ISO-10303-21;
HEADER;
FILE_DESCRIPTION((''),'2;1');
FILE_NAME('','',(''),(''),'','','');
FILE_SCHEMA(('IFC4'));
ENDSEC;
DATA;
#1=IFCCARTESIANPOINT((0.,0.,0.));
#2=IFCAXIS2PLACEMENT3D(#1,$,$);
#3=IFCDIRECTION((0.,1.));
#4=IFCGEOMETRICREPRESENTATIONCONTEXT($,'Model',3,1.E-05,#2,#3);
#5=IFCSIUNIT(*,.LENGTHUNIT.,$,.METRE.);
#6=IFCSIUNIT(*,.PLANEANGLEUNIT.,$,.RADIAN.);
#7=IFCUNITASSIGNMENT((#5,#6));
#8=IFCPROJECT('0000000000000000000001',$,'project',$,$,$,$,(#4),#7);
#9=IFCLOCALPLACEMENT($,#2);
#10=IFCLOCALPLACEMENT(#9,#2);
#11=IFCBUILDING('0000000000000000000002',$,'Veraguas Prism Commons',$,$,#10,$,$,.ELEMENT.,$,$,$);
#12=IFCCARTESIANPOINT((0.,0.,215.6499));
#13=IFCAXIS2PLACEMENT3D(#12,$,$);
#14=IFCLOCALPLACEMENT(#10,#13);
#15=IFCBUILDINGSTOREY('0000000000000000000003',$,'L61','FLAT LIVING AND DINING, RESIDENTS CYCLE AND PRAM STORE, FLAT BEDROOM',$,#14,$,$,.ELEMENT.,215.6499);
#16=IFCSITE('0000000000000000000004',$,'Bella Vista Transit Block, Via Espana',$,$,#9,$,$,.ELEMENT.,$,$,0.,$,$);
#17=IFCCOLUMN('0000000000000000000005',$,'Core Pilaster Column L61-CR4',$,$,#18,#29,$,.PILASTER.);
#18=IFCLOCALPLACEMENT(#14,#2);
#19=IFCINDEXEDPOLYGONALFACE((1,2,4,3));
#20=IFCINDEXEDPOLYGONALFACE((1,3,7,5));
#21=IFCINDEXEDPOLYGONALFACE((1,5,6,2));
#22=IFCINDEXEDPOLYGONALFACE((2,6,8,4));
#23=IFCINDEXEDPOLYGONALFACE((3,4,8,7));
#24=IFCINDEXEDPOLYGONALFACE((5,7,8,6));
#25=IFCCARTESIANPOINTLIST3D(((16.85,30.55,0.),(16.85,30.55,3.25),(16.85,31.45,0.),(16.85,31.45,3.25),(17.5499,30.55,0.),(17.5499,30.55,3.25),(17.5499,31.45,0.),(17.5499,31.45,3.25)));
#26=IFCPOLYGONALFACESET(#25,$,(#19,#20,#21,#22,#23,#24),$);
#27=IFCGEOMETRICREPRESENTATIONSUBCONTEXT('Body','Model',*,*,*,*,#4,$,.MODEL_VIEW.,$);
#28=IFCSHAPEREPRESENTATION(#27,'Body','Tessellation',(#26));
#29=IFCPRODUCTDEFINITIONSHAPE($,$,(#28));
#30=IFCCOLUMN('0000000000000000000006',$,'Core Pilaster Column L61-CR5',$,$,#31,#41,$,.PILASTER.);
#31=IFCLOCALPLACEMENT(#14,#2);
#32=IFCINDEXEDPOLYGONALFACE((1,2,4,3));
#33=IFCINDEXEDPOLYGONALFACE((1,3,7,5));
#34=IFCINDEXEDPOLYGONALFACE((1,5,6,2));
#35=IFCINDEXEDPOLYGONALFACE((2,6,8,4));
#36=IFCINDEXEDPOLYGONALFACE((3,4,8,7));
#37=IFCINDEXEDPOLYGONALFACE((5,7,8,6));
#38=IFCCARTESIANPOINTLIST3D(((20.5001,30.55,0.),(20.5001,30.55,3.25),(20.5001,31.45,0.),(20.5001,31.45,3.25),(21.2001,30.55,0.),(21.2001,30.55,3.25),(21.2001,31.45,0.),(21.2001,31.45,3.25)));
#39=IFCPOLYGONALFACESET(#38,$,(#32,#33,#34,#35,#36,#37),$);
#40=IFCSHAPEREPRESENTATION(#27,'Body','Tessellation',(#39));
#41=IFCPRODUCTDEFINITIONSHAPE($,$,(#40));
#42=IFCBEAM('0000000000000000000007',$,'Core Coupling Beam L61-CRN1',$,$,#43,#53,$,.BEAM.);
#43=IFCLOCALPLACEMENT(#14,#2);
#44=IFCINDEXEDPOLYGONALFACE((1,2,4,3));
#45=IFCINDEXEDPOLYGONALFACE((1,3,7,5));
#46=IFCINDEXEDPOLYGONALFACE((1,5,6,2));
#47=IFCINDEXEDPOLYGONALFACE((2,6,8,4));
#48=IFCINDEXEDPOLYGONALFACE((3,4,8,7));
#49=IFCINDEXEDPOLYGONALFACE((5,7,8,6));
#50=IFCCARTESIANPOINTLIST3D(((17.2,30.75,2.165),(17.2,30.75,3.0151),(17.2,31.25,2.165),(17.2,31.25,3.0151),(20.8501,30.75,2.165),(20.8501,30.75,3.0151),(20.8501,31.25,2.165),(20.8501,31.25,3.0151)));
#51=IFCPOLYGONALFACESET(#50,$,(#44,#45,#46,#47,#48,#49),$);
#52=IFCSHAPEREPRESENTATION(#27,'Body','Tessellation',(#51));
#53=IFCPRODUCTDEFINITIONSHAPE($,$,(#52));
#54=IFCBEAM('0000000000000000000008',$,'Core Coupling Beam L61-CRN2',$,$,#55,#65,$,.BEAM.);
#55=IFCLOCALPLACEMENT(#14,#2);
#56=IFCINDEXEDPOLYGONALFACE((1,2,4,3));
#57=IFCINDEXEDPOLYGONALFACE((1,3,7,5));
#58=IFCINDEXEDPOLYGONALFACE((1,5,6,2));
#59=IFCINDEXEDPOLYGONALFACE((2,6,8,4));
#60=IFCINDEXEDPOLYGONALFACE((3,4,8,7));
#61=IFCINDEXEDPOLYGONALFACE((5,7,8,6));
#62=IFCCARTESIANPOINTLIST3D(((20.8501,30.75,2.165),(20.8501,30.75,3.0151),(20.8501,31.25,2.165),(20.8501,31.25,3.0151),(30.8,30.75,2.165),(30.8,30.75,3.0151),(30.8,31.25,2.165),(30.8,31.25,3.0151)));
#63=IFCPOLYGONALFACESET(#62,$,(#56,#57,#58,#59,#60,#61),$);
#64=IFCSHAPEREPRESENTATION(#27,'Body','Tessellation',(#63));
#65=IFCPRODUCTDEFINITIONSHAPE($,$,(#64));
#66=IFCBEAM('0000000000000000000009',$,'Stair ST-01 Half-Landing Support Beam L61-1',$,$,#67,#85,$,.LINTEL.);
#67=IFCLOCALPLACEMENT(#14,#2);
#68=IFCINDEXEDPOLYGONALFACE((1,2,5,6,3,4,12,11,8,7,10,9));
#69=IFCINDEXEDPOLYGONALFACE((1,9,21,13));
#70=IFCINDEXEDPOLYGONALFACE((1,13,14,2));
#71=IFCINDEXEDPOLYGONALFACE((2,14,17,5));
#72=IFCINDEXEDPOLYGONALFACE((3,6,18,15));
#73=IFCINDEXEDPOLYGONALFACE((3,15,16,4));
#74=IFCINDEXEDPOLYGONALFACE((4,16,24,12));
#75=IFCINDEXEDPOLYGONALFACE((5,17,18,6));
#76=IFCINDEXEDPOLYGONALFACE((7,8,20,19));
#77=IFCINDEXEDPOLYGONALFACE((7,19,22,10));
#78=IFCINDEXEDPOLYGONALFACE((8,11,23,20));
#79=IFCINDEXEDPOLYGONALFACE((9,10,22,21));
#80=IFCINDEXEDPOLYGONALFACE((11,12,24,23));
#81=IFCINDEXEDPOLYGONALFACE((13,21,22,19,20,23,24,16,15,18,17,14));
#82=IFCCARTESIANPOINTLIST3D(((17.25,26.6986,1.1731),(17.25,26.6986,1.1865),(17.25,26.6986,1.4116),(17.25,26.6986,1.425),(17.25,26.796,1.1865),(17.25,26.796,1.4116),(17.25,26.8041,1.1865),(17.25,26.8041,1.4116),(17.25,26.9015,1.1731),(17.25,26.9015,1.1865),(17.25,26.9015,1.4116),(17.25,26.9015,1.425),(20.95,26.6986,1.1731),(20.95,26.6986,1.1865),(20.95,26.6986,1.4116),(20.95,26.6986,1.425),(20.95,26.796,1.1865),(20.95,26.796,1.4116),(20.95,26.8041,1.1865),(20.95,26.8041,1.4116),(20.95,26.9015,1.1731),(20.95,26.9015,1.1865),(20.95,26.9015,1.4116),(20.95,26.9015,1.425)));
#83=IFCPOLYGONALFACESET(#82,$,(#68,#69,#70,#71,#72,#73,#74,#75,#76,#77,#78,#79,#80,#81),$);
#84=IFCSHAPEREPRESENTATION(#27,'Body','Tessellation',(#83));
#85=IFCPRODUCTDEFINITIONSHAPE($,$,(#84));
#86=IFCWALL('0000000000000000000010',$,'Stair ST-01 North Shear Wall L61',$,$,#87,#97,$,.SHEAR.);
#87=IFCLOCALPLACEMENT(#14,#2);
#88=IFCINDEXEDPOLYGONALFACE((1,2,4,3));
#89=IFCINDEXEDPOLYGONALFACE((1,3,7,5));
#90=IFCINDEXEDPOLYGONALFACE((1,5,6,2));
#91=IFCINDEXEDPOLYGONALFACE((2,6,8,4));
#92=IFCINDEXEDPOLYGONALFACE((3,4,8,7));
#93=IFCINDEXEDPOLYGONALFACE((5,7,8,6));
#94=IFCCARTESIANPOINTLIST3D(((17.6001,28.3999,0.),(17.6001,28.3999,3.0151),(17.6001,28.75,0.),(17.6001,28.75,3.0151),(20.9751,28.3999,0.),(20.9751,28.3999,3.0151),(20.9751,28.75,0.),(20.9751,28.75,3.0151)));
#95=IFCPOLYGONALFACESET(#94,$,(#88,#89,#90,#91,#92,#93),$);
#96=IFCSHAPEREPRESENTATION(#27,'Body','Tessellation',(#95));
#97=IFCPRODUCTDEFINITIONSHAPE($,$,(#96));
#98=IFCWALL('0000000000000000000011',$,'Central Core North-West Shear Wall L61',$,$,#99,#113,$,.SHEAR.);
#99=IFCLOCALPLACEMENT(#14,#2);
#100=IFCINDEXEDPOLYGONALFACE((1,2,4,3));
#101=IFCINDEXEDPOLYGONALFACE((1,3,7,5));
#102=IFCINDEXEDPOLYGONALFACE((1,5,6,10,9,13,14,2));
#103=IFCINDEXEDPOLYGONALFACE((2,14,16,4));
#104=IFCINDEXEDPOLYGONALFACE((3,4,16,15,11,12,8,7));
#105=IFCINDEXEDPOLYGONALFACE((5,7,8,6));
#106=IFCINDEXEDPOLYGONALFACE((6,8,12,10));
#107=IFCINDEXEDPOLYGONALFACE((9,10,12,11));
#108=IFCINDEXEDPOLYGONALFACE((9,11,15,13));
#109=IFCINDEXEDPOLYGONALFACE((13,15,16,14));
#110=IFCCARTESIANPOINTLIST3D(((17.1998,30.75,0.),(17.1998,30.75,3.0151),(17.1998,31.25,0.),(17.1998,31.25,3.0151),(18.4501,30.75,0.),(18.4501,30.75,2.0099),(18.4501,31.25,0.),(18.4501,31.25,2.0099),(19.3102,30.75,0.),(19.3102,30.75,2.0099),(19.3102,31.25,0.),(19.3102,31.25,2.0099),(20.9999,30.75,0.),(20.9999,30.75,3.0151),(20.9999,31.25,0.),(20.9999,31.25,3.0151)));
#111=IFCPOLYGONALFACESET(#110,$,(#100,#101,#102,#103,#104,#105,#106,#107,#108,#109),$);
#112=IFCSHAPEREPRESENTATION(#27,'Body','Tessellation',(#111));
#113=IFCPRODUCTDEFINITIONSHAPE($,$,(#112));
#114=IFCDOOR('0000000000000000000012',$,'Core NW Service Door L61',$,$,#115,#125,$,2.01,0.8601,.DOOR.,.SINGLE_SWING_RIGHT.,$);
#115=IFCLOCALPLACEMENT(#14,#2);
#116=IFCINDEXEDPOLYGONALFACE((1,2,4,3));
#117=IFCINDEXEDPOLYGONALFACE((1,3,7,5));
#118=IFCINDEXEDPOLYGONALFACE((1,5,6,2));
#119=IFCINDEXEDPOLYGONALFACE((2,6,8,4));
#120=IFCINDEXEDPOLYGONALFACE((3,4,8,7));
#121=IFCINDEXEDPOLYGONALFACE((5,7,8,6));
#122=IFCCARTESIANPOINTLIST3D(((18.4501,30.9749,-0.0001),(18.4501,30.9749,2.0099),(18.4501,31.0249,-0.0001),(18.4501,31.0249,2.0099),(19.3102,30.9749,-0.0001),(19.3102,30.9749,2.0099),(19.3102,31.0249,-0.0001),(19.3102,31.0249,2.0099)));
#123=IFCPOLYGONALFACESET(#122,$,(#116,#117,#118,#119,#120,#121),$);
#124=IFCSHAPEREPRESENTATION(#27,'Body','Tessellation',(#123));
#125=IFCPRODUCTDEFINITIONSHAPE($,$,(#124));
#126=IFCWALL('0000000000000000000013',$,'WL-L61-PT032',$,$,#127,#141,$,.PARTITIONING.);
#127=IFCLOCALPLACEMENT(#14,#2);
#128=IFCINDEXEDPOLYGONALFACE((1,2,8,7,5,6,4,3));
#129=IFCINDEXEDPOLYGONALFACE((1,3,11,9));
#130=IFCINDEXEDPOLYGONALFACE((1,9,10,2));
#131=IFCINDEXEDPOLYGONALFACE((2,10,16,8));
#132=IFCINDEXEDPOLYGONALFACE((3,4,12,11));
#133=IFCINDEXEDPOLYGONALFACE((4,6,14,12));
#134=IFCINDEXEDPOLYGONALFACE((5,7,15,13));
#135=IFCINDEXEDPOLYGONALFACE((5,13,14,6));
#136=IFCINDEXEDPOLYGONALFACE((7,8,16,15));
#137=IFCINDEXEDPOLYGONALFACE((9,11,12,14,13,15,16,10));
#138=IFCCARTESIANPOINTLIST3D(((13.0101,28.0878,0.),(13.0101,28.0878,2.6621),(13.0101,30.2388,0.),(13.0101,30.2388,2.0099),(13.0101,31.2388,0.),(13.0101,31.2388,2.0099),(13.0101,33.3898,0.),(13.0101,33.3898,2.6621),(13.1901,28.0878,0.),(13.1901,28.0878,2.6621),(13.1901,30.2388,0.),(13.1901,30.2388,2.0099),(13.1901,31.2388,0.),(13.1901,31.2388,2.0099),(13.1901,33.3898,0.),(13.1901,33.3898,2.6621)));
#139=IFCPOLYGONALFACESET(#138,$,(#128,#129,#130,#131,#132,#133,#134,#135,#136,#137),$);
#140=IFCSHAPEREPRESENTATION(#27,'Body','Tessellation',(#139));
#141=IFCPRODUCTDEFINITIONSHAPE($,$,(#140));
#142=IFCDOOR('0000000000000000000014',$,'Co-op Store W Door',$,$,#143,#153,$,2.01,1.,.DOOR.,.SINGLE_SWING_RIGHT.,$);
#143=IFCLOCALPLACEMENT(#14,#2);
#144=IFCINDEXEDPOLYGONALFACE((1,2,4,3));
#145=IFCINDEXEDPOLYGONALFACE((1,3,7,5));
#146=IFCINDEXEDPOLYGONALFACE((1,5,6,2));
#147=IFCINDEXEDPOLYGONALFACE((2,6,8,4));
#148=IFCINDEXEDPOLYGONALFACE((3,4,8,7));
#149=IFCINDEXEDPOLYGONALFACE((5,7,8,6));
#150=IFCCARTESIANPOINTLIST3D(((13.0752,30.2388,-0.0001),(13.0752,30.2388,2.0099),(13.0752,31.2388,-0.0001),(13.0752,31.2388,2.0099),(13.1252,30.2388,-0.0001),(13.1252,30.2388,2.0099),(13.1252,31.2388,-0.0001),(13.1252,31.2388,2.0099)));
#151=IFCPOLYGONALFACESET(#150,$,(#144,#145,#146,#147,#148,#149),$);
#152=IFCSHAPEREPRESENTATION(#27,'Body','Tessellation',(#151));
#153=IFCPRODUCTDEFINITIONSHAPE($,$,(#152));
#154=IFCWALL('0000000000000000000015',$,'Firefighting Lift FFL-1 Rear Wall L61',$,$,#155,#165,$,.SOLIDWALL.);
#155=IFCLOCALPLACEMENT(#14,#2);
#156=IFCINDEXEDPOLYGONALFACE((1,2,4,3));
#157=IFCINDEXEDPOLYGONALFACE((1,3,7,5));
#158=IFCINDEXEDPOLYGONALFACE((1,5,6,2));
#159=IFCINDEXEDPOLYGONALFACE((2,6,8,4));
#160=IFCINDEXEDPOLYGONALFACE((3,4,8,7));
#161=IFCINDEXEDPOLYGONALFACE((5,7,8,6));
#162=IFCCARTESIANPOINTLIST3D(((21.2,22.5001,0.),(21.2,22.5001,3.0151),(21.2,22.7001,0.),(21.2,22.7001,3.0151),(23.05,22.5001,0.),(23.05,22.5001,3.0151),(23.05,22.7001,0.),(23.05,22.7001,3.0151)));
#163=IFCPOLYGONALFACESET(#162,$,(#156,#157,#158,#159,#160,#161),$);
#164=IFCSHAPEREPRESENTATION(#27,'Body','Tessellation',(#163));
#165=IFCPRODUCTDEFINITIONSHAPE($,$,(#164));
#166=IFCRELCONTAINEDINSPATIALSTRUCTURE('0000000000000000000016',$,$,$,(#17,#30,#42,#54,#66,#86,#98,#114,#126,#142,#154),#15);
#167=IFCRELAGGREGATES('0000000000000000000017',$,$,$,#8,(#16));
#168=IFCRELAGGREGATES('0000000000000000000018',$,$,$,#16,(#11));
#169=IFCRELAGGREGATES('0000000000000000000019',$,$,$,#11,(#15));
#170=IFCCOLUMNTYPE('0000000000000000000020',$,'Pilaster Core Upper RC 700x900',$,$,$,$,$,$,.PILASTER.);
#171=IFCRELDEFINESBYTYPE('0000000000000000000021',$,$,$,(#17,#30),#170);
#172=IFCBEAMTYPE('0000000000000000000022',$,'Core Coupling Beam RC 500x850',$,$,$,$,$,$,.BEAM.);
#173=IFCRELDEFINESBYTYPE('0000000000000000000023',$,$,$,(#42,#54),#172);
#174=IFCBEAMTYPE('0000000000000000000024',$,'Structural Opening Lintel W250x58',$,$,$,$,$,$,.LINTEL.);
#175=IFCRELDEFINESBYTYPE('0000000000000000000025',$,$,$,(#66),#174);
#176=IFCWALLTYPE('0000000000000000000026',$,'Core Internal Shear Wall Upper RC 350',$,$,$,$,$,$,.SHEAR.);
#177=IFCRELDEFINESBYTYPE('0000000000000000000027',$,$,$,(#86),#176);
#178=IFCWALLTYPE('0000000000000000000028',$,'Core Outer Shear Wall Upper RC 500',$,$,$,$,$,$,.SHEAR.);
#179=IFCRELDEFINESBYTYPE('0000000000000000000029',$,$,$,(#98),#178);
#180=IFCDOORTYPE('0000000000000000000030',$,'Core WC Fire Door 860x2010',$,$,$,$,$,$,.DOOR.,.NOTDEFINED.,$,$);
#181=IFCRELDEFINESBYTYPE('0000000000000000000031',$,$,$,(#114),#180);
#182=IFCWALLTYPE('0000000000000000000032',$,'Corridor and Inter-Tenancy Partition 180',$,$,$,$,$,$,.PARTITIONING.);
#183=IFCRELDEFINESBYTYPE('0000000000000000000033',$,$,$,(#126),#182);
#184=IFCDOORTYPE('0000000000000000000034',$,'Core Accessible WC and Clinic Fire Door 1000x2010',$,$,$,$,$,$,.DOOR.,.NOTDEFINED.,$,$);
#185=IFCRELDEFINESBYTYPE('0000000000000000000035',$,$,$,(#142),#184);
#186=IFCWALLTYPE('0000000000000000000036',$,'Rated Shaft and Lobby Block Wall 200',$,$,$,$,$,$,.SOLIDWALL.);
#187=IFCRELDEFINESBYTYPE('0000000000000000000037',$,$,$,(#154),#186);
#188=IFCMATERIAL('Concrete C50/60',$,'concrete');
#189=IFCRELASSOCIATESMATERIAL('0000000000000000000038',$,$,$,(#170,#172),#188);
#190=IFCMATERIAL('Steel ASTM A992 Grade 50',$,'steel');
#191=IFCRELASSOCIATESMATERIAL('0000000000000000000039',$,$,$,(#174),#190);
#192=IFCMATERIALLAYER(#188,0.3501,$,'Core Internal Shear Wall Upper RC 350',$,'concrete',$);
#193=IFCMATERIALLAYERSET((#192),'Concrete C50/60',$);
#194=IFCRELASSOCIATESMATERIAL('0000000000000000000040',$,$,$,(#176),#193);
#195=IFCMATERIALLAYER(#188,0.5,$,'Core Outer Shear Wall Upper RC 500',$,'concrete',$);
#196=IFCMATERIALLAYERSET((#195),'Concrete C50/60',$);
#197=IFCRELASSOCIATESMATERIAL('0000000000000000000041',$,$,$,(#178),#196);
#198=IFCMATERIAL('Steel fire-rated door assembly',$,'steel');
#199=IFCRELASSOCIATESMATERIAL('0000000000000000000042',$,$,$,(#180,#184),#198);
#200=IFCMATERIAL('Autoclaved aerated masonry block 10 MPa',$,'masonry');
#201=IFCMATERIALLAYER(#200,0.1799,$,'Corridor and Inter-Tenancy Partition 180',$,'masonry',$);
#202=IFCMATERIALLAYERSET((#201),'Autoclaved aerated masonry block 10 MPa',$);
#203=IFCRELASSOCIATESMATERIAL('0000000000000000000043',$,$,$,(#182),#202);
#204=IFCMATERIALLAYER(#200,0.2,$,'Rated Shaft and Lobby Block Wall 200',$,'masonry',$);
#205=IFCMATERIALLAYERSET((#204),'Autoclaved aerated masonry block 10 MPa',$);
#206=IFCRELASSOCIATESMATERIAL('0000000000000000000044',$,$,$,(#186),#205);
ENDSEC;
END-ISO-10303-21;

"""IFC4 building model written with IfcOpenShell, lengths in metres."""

from ifc_helpers import new_model, si_unit, direction, frame, frame_2d, origin, origin_2d, place, context, subcontext, project, spatial, rectangle, i_section, extrude, source, transform, mapped, material, layer, layer_set, material_profile, profile_set, type_object, element, fill, save


model = new_model("IFC4")

# Units and contexts
model_context = context("Model", 3, precision=1e-05, world=origin(), true_north=direction((0.0, 1.0)))
body_context = subcontext(model_context, "Body", "Model", "MODEL_VIEW")
ifc_project = project(units=[si_unit("LENGTHUNIT", "METRE"), si_unit("PLANEANGLEUNIT", "RADIAN")], contexts=[model_context])

# Site, building, storey
site_placement = place(None, origin())
site = spatial("IfcSite", under=ifc_project, at=site_placement, Name="Bella Vista Transit Block, Via Espana", CompositionType="ELEMENT", RefElevation=0.0)
building_placement = place(site_placement, origin())
building = spatial("IfcBuilding", under=site, at=building_placement, Name="Veraguas Prism Commons", CompositionType="ELEMENT")
storey_placement = place(building_placement, frame((0.0, 0.0, 215.6499)))
storey = spatial("IfcBuildingStorey", under=building, at=storey_placement, Name="L61", Description="FLAT LIVING AND DINING, RESIDENTS CYCLE AND PRAM STORE, FLAT BEDROOM", CompositionType="ELEMENT", Elevation=215.6499)

# Columns
ifc_material_1 = material(Name="Concrete C50/60", Category="concrete")
ifc_material_profile_1 = material_profile(ifc_material_1, rectangle(XDim=0.7, YDim=0.8999, at=origin_2d()), Name="RC700X900")
ifc_profile_set_1 = profile_set([ifc_material_profile_1], Name="Concrete C50/60")
column_type = type_object("IfcColumnType", Name="Pilaster Core Upper RC 700x900", PredefinedType="PILASTER", material=ifc_profile_set_1)
for number, where, z_axis, x_axis, name in (
    (1, (17.2, 31.0, 0.0), (0.0, 0.0, 1.0), (1.0, 0.0, 0.0), "Core Pilaster Column L61-CR4"),
    (2, (20.8501, 31.0, 0.0), (0.0, 0.0, 1.0), (1.0, 0.0, 0.0), "Core Pilaster Column L61-CR5"),
):
    element("IfcColumn", number, at=place(storey_placement, frame(where, z_axis=z_axis, x_axis=x_axis)), inside=storey, type_object=column_type, Name=name, PredefinedType="PILASTER", context=body_context, shape_type="SweptSolid", body=[
        extrude(rectangle(XDim=0.7, YDim=0.8999, at=origin_2d()), origin(), (0.0, 0.0, 1.0), 3.25),
    ])

# Beams
ifc_material_profile_2 = material_profile(ifc_material_1, rectangle(XDim=0.5, YDim=0.8501, at=origin_2d()), Name="RC500X850")
ifc_profile_set_2 = profile_set([ifc_material_profile_2], Name="Concrete C50/60")
beam_type_1 = type_object("IfcBeamType", Name="Core Coupling Beam RC 500x850", PredefinedType="BEAM", material=ifc_profile_set_2)
beam_1_placement = place(storey_placement, frame((17.2, 31.0, 2.5901), z_axis=(1.0, 0.0, 0.0), x_axis=(0.0, 1.0, 0.0)))
element("IfcBeam", 3, at=beam_1_placement, inside=storey, type_object=beam_type_1, Name="Core Coupling Beam L61-CRN1", PredefinedType="BEAM", context=body_context, shape_type="SweptSolid", body=[
    extrude(rectangle(XDim=0.5, YDim=0.8501, at=origin_2d()), origin(), (0.0, 0.0, 1.0), 3.6501),
])
beam_2_placement = place(storey_placement, frame((20.8501, 31.0, 2.5901), z_axis=(1.0, 0.0, 0.0), x_axis=(0.0, 1.0, 0.0)))
element("IfcBeam", 4, at=beam_2_placement, inside=storey, type_object=beam_type_1, Name="Core Coupling Beam L61-CRN2", PredefinedType="BEAM", context=body_context, shape_type="SweptSolid", body=[
    extrude(rectangle(XDim=0.5, YDim=0.8501, at=origin_2d()), origin(), (0.0, 0.0, 1.0), 9.95),
])
ifc_material_2 = material(Name="Steel ASTM A992 Grade 50", Category="steel")
ifc_material_profile_3 = material_profile(ifc_material_2, i_section(OverallWidth=0.2029, OverallDepth=0.252, WebThickness=0.0081, FlangeThickness=0.0134, at=origin_2d()), Name="W250X58")
ifc_profile_set_3 = profile_set([ifc_material_profile_3], Name="Steel ASTM A992 Grade 50")
beam_type_2 = type_object("IfcBeamType", Name="Structural Opening Lintel W250x58", PredefinedType="LINTEL", material=ifc_profile_set_3)
beam_3_placement = place(storey_placement, frame((17.25, 26.8, 1.2991), z_axis=(1.0, 0.0, 0.0), x_axis=(0.0, 1.0, 0.0)))
element("IfcBeam", 5, at=beam_3_placement, inside=storey, type_object=beam_type_2, Name="Stair ST-01 Half-Landing Support Beam L61-1", PredefinedType="LINTEL", context=body_context, shape_type="SweptSolid", body=[
    extrude(i_section(OverallWidth=0.2029, OverallDepth=0.252, WebThickness=0.0081, FlangeThickness=0.0134, at=origin_2d()), origin(), (0.0, 0.0, 1.0), 3.7),
])

# Wall
ifc_layer_1 = layer(ifc_material_1, 0.3501, Name="Core Internal Shear Wall Upper RC 350", Category="concrete")
ifc_layer_set_1 = layer_set([ifc_layer_1], Name="Concrete C50/60")
wall_type_1 = type_object("IfcWallType", Name="Core Internal Shear Wall Upper RC 350", PredefinedType="SHEAR", material=ifc_layer_set_1)
wall_1_placement = place(storey_placement, frame((17.6001, 28.575, 0.0), z_axis=(0.0, 0.0, 1.0), x_axis=(1.0, 0.0, 0.0)))
element("IfcWall", 6, at=wall_1_placement, inside=storey, type_object=wall_type_1, Name="Stair ST-01 North Shear Wall L61", PredefinedType="SHEAR", context=body_context, shape_type="SweptSolid", body=[
    extrude(rectangle(XDim=3.375, YDim=0.3501, at=frame_2d((1.6875, 0.0))), origin(), (0.0, 0.0, 1.0), 3.0151),
])

# Walls, openings, doors
ifc_layer_2 = layer(ifc_material_1, 0.5, Name="Core Outer Shear Wall Upper RC 500", Category="concrete")
ifc_layer_set_2 = layer_set([ifc_layer_2], Name="Concrete C50/60")
wall_type_2 = type_object("IfcWallType", Name="Core Outer Shear Wall Upper RC 500", PredefinedType="SHEAR", material=ifc_layer_set_2)
wall_2_placement = place(storey_placement, frame((17.2, 31.0, 0.0), z_axis=(0.0, 0.0, 1.0), x_axis=(1.0, 0.0, 0.0)))
wall_2 = element("IfcWall", 7, at=wall_2_placement, inside=storey, type_object=wall_type_2, Name="Central Core North-West Shear Wall L61", PredefinedType="SHEAR", context=body_context, shape_type="SweptSolid", body=[
    extrude(rectangle(XDim=3.8, YDim=0.5, at=frame_2d((1.8999, 0.0))), origin(), (0.0, 0.0, 1.0), 3.0151),
])
opening_1_placement = place(wall_2_placement, frame((1.25, 0.0, 0.0)))
opening_1 = element("IfcOpeningElement", 8, at=opening_1_placement, cuts=wall_2, PredefinedType="OPENING", context=body_context, shape_type="SweptSolid", body=[
    extrude(rectangle(XDim=0.8601, YDim=2.01, at=frame_2d((0.4302, 1.0049))), frame((0.0, 0.26, 0.0), z_axis=(0.0, -1.0, 0.0), x_axis=(1.0, 0.0, 0.0)), (0.0, 0.0, 1.0), 0.52),
])
ifc_material_3 = material(Name="Steel fire-rated door assembly", Category="steel")
door_type_1 = type_object("IfcDoorType", Name="Core WC Fire Door 860x2010", OperationType="NOTDEFINED", PredefinedType="DOOR", material=ifc_material_3)
shared_shape_1 = source(origin(), body_context, "Body", "SweptSolid", [
    extrude(rectangle(XDim=0.8601, YDim=2.01, at=frame_2d((0.4302, 1.0049))), frame((0.0, 0.0249, 0.0), z_axis=(0.0, -1.0, 0.0), x_axis=(1.0, 0.0, 0.0)), (0.0, 0.0, 1.0), 0.05),
])
door_1_placement = place(opening_1_placement, origin())
door_1 = element("IfcDoor", 9, at=door_1_placement, inside=storey, type_object=door_type_1, Name="Core NW Service Door L61", OperationType="SINGLE_SWING_RIGHT", OverallHeight=2.01, OverallWidth=0.8601, PredefinedType="DOOR", context=body_context, shape_type="MappedRepresentation", body=[
    mapped(shared_shape_1, transform((0.0, 0.0, 0.0), scale=1.0)),
])
fill(opening_1, door_1)
ifc_material_4 = material(Name="Autoclaved aerated masonry block 10 MPa", Category="masonry")
ifc_layer_3 = layer(ifc_material_4, 0.1799, Name="Corridor and Inter-Tenancy Partition 180", Category="masonry")
ifc_layer_set_3 = layer_set([ifc_layer_3], Name="Autoclaved aerated masonry block 10 MPa")
wall_type_3 = type_object("IfcWallType", Name="Corridor and Inter-Tenancy Partition 180", PredefinedType="PARTITIONING", material=ifc_layer_set_3)
wall_3_placement = place(storey_placement, frame((13.1001, 28.0879, 0.0), z_axis=(0.0, 0.0, 1.0), x_axis=(0.0, 1.0, 0.0)))
wall_3 = element("IfcWall", 10, at=wall_3_placement, inside=storey, type_object=wall_type_3, Name="WL-L61-PT032", PredefinedType="PARTITIONING", context=body_context, shape_type="SweptSolid", body=[
    extrude(rectangle(XDim=5.302, YDim=0.1799, at=frame_2d((2.6509, 0.0))), origin(), (0.0, 0.0, 1.0), 2.6621),
])
opening_2_placement = place(wall_3_placement, frame((2.1509, 0.0, 0.0)))
opening_2 = element("IfcOpeningElement", 11, at=opening_2_placement, cuts=wall_3, PredefinedType="OPENING", context=body_context, shape_type="SweptSolid", body=[
    extrude(rectangle(XDim=1.0, YDim=2.01, at=frame_2d((0.5, 1.0049))), frame((0.0, 0.0999, 0.0), z_axis=(0.0, -1.0, 0.0), x_axis=(1.0, 0.0, 0.0)), (0.0, 0.0, 1.0), 0.2),
])
door_type_2 = type_object("IfcDoorType", Name="Core Accessible WC and Clinic Fire Door 1000x2010", OperationType="NOTDEFINED", PredefinedType="DOOR", material=ifc_material_3)
shared_shape_2 = source(origin(), body_context, "Body", "SweptSolid", [
    extrude(rectangle(XDim=1.0, YDim=2.01, at=frame_2d((0.5, 1.0049))), frame((0.0, 0.0249, 0.0), z_axis=(0.0, -1.0, 0.0), x_axis=(1.0, 0.0, 0.0)), (0.0, 0.0, 1.0), 0.05),
])
door_2_placement = place(opening_2_placement, origin())
door_2 = element("IfcDoor", 12, at=door_2_placement, inside=storey, type_object=door_type_2, Name="Co-op Store W Door", OperationType="SINGLE_SWING_RIGHT", OverallHeight=2.01, OverallWidth=1.0, PredefinedType="DOOR", context=body_context, shape_type="MappedRepresentation", body=[
    mapped(shared_shape_2, transform((0.0, 0.0, 0.0), scale=1.0)),
])
fill(opening_2, door_2)

# Wall
ifc_layer_4 = layer(ifc_material_4, 0.2, Name="Rated Shaft and Lobby Block Wall 200", Category="masonry")
ifc_layer_set_4 = layer_set([ifc_layer_4], Name="Autoclaved aerated masonry block 10 MPa")
wall_type_4 = type_object("IfcWallType", Name="Rated Shaft and Lobby Block Wall 200", PredefinedType="SOLIDWALL", material=ifc_layer_set_4)
wall_4_placement = place(storey_placement, frame((21.2, 22.6001, 0.0), z_axis=(0.0, 0.0, 1.0), x_axis=(1.0, 0.0, 0.0)))
element("IfcWall", 13, at=wall_4_placement, inside=storey, type_object=wall_type_4, Name="Firefighting Lift FFL-1 Rear Wall L61", PredefinedType="SOLIDWALL", context=body_context, shape_type="SweptSolid", body=[
    extrude(rectangle(XDim=1.8501, YDim=0.2, at=frame_2d((0.925, 0.0))), origin(), (0.0, 0.0, 1.0), 3.0151),
])

save(model, "model.ifc")
